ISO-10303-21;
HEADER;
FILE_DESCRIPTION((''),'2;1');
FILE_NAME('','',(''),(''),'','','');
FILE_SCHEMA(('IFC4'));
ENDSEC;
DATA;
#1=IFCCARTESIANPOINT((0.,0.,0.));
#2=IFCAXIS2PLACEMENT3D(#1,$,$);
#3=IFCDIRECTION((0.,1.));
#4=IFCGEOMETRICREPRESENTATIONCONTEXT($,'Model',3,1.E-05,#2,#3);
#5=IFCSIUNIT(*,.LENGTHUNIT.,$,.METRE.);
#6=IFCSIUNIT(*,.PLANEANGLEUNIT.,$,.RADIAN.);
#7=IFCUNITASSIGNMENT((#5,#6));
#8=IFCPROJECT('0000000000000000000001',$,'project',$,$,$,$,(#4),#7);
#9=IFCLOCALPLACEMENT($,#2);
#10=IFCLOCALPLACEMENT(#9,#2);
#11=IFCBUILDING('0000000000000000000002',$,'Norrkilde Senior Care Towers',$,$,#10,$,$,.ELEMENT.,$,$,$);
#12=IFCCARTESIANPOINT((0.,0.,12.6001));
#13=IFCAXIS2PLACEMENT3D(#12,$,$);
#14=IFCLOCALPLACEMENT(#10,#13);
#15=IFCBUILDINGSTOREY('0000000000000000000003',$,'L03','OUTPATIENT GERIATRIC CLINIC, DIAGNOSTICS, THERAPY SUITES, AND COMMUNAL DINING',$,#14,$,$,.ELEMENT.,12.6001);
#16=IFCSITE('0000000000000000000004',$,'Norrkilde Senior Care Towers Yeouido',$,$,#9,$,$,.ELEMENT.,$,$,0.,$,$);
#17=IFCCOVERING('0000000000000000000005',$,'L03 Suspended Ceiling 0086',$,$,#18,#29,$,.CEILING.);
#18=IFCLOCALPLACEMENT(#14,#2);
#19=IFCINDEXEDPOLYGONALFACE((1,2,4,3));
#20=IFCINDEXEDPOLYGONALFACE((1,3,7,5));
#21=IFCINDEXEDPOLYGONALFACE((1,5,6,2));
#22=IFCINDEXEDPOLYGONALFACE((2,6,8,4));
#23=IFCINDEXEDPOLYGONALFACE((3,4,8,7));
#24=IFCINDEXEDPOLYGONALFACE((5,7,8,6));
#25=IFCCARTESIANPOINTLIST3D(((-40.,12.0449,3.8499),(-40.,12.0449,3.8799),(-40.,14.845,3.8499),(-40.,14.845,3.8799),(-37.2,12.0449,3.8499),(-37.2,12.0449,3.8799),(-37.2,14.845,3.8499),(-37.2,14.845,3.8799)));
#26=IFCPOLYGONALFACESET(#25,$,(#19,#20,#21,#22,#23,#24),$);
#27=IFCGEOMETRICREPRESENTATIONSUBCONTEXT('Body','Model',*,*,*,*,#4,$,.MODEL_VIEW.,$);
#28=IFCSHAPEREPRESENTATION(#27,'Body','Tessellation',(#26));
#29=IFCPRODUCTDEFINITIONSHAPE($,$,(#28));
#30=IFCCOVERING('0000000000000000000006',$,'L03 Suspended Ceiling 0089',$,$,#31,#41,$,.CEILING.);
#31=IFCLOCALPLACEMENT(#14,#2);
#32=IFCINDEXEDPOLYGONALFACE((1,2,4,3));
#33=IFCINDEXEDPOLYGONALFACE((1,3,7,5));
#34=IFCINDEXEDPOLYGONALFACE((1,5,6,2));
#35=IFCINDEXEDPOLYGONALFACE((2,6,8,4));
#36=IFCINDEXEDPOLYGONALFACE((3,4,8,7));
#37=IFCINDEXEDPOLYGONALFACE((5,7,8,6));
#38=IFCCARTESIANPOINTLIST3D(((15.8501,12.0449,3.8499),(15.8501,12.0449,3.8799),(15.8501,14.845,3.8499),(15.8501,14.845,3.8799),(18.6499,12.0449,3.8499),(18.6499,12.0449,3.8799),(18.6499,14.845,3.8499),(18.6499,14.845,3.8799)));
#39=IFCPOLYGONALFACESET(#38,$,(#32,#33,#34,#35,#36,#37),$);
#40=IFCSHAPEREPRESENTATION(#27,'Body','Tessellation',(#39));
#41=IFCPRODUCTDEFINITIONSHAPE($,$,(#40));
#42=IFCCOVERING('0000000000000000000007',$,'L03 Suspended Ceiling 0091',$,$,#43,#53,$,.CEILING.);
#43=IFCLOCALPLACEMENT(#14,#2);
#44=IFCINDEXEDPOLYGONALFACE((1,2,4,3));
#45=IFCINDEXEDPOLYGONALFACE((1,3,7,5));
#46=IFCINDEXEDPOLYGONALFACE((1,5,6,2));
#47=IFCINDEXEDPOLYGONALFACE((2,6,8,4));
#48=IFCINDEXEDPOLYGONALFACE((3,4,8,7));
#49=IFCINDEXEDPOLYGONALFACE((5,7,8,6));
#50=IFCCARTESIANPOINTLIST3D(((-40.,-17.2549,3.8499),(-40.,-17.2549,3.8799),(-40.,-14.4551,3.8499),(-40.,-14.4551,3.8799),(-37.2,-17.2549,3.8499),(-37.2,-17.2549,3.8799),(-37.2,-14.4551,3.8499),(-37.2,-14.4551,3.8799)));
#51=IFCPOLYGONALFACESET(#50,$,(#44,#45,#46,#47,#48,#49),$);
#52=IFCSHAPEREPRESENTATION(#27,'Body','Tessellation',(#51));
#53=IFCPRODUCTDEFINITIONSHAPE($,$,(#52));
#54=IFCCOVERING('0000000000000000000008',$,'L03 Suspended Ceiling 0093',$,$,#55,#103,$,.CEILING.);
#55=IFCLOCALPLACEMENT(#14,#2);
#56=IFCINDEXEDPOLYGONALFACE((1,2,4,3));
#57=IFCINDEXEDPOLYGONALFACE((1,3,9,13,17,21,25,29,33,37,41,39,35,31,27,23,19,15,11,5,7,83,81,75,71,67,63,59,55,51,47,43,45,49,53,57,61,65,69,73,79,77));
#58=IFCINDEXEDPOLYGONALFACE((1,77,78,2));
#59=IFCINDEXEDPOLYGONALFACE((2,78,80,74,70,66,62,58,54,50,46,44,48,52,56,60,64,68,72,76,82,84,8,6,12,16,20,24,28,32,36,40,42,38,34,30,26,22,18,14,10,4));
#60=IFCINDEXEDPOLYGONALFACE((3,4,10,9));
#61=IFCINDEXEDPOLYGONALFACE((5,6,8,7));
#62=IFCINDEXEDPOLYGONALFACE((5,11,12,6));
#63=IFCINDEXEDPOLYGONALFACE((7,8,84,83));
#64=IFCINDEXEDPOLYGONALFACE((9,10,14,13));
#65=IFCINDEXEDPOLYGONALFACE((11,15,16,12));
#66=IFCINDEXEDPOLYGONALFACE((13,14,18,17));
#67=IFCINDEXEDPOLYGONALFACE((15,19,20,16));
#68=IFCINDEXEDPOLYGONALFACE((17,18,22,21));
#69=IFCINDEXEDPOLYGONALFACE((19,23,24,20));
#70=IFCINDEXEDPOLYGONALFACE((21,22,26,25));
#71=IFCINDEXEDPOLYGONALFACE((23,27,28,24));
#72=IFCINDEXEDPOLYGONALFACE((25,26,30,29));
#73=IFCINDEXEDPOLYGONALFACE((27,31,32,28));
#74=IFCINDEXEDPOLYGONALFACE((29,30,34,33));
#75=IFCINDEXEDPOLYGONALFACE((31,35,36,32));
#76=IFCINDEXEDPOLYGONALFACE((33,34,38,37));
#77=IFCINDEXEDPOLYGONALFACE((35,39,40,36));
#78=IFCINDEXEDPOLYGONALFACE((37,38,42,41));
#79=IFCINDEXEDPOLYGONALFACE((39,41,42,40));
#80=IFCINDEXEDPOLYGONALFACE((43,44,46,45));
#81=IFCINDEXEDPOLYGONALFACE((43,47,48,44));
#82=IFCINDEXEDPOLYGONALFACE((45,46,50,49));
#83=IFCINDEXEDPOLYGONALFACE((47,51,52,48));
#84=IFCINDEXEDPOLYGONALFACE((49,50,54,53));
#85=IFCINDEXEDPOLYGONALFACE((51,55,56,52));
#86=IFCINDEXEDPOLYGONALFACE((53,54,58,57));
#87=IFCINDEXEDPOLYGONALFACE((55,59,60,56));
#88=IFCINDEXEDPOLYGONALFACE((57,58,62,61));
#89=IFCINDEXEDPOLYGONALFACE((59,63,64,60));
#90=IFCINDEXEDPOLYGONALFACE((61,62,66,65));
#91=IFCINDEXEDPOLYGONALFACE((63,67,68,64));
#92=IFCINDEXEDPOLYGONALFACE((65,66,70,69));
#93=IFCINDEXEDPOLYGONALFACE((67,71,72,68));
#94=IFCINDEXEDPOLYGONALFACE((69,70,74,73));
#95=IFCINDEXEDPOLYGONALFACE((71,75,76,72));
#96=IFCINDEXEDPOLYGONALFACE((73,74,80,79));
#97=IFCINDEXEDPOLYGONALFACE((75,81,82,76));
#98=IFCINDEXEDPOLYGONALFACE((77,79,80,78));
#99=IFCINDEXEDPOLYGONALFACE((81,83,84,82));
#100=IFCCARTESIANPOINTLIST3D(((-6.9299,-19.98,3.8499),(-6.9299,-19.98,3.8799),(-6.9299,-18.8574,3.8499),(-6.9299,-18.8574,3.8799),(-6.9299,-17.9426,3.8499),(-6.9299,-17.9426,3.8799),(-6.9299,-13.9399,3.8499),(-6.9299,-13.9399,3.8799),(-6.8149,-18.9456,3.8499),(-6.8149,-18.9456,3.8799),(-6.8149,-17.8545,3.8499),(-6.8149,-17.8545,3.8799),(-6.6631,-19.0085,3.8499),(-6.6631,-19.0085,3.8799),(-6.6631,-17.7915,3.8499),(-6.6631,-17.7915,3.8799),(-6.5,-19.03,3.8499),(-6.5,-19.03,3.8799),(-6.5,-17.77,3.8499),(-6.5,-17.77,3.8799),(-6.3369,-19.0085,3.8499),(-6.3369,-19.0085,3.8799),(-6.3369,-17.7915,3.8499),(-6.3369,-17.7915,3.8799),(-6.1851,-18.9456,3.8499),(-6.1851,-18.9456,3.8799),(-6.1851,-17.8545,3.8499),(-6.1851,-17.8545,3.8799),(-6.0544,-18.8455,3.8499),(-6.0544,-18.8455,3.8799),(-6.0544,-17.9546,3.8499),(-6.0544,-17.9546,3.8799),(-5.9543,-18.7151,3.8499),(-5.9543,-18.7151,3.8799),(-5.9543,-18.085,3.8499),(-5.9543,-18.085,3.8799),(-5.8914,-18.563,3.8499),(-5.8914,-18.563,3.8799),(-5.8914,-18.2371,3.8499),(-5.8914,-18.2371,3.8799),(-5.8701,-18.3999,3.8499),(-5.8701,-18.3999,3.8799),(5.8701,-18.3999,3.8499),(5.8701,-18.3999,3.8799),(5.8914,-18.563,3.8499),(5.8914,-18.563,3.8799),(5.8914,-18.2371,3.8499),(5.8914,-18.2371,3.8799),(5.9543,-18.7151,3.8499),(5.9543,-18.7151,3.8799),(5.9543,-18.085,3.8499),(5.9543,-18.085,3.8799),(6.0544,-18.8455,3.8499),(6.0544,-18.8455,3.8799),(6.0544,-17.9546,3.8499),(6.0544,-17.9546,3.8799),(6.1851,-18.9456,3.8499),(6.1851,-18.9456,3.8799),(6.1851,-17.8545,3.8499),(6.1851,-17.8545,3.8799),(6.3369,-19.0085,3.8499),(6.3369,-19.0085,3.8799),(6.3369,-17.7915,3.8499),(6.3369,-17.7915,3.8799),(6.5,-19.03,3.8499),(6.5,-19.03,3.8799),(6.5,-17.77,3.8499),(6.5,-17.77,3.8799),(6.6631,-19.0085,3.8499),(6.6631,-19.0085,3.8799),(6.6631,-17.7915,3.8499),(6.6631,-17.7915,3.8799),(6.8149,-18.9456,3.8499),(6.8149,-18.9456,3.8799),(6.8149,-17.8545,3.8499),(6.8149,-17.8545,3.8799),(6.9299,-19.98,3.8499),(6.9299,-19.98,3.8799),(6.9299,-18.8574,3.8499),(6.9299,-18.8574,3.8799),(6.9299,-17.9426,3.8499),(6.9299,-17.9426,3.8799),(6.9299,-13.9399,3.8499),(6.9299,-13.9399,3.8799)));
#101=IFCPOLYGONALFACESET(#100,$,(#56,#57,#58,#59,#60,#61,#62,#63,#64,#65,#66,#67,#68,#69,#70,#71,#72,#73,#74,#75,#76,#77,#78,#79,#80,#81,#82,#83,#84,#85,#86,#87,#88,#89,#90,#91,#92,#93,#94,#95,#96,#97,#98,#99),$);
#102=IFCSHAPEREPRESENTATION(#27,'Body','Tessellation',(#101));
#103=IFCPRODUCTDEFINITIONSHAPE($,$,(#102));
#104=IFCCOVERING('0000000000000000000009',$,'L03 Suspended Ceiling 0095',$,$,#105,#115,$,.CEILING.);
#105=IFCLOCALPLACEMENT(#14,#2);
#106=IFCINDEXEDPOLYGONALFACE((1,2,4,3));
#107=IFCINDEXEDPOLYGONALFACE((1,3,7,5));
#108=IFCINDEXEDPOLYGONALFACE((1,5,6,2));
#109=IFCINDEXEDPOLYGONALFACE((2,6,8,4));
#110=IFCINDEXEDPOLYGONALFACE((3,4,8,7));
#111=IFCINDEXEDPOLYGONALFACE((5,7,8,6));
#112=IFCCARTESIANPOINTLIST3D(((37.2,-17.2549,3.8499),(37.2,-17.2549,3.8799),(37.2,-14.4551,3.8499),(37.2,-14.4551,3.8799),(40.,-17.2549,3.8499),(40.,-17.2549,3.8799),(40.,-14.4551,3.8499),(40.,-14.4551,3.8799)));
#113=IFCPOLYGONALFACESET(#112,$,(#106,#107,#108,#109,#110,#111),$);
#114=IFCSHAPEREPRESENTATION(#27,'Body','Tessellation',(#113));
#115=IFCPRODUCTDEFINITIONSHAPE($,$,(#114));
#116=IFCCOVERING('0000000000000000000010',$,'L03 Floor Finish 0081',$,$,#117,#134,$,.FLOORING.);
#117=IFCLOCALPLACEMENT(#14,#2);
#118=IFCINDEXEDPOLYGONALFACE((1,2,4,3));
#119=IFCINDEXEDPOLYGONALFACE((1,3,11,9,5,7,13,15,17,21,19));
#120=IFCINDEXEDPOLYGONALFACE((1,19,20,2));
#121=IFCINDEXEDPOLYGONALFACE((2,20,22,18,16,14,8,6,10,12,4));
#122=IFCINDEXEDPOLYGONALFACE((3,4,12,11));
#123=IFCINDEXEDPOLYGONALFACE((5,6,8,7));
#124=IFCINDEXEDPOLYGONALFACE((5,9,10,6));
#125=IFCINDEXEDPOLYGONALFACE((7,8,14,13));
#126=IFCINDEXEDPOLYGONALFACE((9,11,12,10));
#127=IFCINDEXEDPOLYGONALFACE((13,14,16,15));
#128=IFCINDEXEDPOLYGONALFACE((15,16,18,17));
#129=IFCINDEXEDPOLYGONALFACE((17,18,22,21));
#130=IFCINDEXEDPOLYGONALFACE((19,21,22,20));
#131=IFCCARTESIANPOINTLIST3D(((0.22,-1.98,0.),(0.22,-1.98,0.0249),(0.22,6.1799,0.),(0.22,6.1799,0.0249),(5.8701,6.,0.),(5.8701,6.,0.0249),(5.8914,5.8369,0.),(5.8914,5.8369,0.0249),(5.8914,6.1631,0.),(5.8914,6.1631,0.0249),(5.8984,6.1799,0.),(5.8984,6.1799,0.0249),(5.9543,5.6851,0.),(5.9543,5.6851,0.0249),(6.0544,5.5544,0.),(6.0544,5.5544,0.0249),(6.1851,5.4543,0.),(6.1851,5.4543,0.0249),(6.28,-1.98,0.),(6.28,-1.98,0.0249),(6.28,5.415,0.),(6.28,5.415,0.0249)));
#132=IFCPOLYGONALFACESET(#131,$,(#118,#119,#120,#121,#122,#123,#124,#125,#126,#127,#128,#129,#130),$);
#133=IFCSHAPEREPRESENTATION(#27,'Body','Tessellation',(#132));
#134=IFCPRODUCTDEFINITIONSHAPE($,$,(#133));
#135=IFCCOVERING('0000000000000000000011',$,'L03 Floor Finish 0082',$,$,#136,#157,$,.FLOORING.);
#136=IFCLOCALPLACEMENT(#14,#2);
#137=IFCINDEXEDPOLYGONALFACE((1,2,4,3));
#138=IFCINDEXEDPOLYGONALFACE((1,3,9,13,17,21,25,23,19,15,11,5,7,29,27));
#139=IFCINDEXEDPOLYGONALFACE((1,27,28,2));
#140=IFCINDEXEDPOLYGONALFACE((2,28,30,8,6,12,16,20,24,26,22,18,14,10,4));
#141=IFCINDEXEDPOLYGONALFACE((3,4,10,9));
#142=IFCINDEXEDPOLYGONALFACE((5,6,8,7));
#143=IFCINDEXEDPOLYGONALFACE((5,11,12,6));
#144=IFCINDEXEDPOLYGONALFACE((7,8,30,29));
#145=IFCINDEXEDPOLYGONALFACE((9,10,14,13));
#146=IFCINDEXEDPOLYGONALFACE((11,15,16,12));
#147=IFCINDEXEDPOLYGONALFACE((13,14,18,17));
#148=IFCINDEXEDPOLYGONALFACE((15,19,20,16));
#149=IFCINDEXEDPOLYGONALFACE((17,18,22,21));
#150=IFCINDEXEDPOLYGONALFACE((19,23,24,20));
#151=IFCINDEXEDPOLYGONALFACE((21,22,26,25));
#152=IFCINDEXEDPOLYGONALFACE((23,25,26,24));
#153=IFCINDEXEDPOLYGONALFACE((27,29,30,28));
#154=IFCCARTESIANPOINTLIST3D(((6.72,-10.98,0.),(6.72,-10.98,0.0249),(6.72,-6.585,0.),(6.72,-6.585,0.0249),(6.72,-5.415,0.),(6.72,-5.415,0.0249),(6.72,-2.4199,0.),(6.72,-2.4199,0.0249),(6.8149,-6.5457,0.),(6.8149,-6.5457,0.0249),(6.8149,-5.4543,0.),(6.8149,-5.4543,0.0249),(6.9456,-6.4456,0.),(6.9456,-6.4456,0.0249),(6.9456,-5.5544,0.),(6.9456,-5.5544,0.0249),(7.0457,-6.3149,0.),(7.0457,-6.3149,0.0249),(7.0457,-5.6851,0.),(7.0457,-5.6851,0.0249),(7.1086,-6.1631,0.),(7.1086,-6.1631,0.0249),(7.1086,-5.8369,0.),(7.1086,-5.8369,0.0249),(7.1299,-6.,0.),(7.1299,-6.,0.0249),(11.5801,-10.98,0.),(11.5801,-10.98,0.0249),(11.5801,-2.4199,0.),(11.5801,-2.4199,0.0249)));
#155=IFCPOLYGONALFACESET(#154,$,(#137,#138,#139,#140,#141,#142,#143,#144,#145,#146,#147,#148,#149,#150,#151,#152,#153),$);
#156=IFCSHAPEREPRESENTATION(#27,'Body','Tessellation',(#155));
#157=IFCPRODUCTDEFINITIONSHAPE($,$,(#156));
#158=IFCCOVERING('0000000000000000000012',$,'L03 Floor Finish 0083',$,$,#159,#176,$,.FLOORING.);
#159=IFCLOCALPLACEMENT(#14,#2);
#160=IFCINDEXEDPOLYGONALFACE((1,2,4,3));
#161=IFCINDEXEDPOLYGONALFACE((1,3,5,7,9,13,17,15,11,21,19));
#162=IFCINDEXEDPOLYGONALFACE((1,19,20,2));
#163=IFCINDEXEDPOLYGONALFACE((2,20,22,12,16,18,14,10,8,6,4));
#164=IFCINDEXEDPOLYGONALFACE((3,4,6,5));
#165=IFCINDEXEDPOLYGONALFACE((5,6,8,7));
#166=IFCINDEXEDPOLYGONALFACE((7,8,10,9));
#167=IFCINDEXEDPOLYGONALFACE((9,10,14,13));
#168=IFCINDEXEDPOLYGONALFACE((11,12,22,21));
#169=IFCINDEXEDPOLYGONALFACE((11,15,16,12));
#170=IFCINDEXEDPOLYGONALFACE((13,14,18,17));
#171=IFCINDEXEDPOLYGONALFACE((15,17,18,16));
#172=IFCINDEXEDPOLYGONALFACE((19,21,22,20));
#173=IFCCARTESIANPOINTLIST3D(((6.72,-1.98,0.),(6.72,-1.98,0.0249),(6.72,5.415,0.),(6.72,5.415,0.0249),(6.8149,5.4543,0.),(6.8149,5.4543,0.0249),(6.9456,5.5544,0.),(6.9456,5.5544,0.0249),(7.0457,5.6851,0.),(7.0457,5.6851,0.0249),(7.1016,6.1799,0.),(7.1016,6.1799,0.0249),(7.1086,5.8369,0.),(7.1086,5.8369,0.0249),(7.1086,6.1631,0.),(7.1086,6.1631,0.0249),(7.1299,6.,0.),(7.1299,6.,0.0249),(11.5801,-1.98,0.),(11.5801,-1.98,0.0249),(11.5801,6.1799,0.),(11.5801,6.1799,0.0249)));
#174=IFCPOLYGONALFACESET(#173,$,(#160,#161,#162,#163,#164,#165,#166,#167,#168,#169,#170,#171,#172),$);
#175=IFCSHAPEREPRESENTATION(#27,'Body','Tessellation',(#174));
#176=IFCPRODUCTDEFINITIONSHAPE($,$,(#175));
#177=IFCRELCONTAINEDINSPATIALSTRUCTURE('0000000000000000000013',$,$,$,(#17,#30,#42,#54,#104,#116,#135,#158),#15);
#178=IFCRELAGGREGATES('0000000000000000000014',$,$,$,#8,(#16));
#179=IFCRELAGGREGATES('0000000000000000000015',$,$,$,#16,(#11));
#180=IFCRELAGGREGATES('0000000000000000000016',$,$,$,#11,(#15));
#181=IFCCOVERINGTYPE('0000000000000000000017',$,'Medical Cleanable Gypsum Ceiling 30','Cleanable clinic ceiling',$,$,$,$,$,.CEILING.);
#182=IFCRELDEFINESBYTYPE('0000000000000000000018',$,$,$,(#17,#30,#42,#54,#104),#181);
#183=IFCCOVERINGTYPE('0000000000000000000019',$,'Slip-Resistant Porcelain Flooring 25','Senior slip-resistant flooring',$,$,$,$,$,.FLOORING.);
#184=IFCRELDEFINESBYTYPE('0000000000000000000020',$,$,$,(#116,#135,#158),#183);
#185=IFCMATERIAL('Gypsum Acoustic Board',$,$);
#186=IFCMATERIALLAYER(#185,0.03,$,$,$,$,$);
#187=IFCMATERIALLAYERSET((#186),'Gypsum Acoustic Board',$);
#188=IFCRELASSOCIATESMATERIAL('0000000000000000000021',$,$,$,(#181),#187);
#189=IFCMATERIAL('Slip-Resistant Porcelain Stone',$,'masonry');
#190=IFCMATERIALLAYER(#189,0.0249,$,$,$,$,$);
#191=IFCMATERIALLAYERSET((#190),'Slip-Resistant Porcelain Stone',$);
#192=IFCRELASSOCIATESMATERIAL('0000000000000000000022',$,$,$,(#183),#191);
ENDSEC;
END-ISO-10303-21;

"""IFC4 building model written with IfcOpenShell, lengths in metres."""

from ifc_helpers import new_model, si_unit, direction, frame, origin, place, context, subcontext, project, spatial, polyline, outline, extrude, material, layer, layer_set, type_object, element, save


model = new_model("IFC4")

# Units and contexts
model_context = context("Model", 3, precision=1e-05, world=origin(), true_north=direction((0.0, 1.0)))
body_context = subcontext(model_context, "Body", "Model", "MODEL_VIEW")
ifc_project = project(units=[si_unit("LENGTHUNIT", "METRE"), si_unit("PLANEANGLEUNIT", "RADIAN")], contexts=[model_context])

# Site, building, storey
site_placement = place(None, origin())
site = spatial("IfcSite", under=ifc_project, at=site_placement, Name="Norrkilde Senior Care Towers Yeouido", CompositionType="ELEMENT", RefElevation=0.0)
building_placement = place(site_placement, origin())
building = spatial("IfcBuilding", under=site, at=building_placement, Name="Norrkilde Senior Care Towers", CompositionType="ELEMENT")
storey_placement = place(building_placement, frame((0.0, 0.0, 12.6001)))
storey = spatial("IfcBuildingStorey", under=building, at=storey_placement, Name="L03", Description="OUTPATIENT GERIATRIC CLINIC, DIAGNOSTICS, THERAPY SUITES, AND COMMUNAL DINING", CompositionType="ELEMENT", Elevation=12.6001)

# Shared definitions
ifc_material_1 = material(Name="Gypsum Acoustic Board")

# Coverings
ifc_layer_1 = layer(ifc_material_1, 0.03)
ifc_layer_set_1 = layer_set([ifc_layer_1], Name="Gypsum Acoustic Board")
covering_type_1 = type_object("IfcCoveringType", Name="Medical Cleanable Gypsum Ceiling 30", Description="Cleanable clinic ceiling", PredefinedType="CEILING", material=ifc_layer_set_1)
covering_1_placement = place(storey_placement, frame((0.0, 0.0, 3.8499)))
element("IfcCovering", 1, at=covering_1_placement, inside=storey, type_object=covering_type_1, Name="L03 Suspended Ceiling 0086", PredefinedType="CEILING", context=body_context, shape_type="SweptSolid", body=[
    extrude(outline(polyline([(-40.0, 12.0449), (-40.0, 14.845), (-37.2, 14.845), (-37.2, 12.0449), (-40.0, 12.0449)])), origin(), (0.0, 0.0, 1.0), 0.03),
])
covering_2_placement = place(storey_placement, frame((0.0, 0.0, 3.8499)))
element("IfcCovering", 2, at=covering_2_placement, inside=storey, type_object=covering_type_1, Name="L03 Suspended Ceiling 0089", PredefinedType="CEILING", context=body_context, shape_type="SweptSolid", body=[
    extrude(outline(polyline([(15.8501, 12.0449), (15.8501, 14.845), (18.6499, 14.845), (18.6499, 12.0449), (15.8501, 12.0449)])), origin(), (0.0, 0.0, 1.0), 0.03),
])
covering_3_placement = place(storey_placement, frame((0.0, 0.0, 3.8499)))
element("IfcCovering", 3, at=covering_3_placement, inside=storey, type_object=covering_type_1, Name="L03 Suspended Ceiling 0091", PredefinedType="CEILING", context=body_context, shape_type="SweptSolid", body=[
    extrude(outline(polyline([(-40.0, -17.2549), (-40.0, -14.4551), (-37.2, -14.4551), (-37.2, -17.2549), (-40.0, -17.2549)])), origin(), (0.0, 0.0, 1.0), 0.03),
])
covering_4_placement = place(storey_placement, frame((0.0, 0.0, 3.8499)))
element("IfcCovering", 4, at=covering_4_placement, inside=storey, type_object=covering_type_1, Name="L03 Suspended Ceiling 0093", PredefinedType="CEILING", context=body_context, shape_type="SweptSolid", body=[
    extrude(outline(polyline([(-6.9299, -19.98), (-6.9299, -18.8574), (-6.8149, -18.9456), (-6.6631, -19.0085), (-6.5, -19.03), (-6.3369, -19.0085), (-6.1851, -18.9456), (-6.0544, -18.8455), (-5.9543, -18.7151), (-5.8914, -18.563), (-5.8701, -18.3999), (-5.8914, -18.2371), (-5.9543, -18.085), (-6.0544, -17.9546), (-6.1851, -17.8545), (-6.3369, -17.7915), (-6.5, -17.77), (-6.6631, -17.7915), (-6.8149, -17.8545), (-6.9299, -17.9426), (-6.9299, -13.9399), (6.9299, -13.9399), (6.9299, -17.9426), (6.8149, -17.8545), (6.6631, -17.7915), (6.5, -17.77), (6.3369, -17.7915), (6.1851, -17.8545), (6.0544, -17.9546), (5.9543, -18.085), (5.8914, -18.2371), (5.8701, -18.3999), (5.8914, -18.563), (5.9543, -18.7151), (6.0544, -18.8455), (6.1851, -18.9456), (6.3369, -19.0085), (6.5, -19.03), (6.6631, -19.0085), (6.8149, -18.9456), (6.9299, -18.8574), (6.9299, -19.98), (-6.9299, -19.98)])), origin(), (0.0, 0.0, 1.0), 0.03),
])
covering_5_placement = place(storey_placement, frame((0.0, 0.0, 3.8499)))
element("IfcCovering", 5, at=covering_5_placement, inside=storey, type_object=covering_type_1, Name="L03 Suspended Ceiling 0095", PredefinedType="CEILING", context=body_context, shape_type="SweptSolid", body=[
    extrude(outline(polyline([(37.2, -17.2549), (37.2, -14.4551), (40.0, -14.4551), (40.0, -17.2549), (37.2, -17.2549)])), origin(), (0.0, 0.0, 1.0), 0.03),
])
ifc_material_2 = material(Name="Slip-Resistant Porcelain Stone", Category="masonry")
ifc_layer_2 = layer(ifc_material_2, 0.0249)
ifc_layer_set_2 = layer_set([ifc_layer_2], Name="Slip-Resistant Porcelain Stone")
covering_type_2 = type_object("IfcCoveringType", Name="Slip-Resistant Porcelain Flooring 25", Description="Senior slip-resistant flooring", PredefinedType="FLOORING", material=ifc_layer_set_2)
covering_6_placement = place(storey_placement, origin())
element("IfcCovering", 6, at=covering_6_placement, inside=storey, type_object=covering_type_2, Name="L03 Floor Finish 0081", PredefinedType="FLOORING", context=body_context, shape_type="SweptSolid", body=[
    extrude(outline(polyline([(6.28, -1.98), (0.22, -1.98), (0.22, 6.1799), (5.8984, 6.1799), (5.8914, 6.1631), (5.8701, 6.0), (5.8914, 5.8369), (5.9543, 5.6851), (6.0544, 5.5544), (6.1851, 5.4543), (6.28, 5.415), (6.28, -1.98)])), origin(), (0.0, 0.0, 1.0), 0.0249),
])
covering_7_placement = place(storey_placement, origin())
element("IfcCovering", 7, at=covering_7_placement, inside=storey, type_object=covering_type_2, Name="L03 Floor Finish 0082", PredefinedType="FLOORING", context=body_context, shape_type="SweptSolid", body=[
    extrude(outline(polyline([(11.5801, -10.98), (6.72, -10.98), (6.72, -6.585), (6.8149, -6.5457), (6.9456, -6.4456), (7.0457, -6.3149), (7.1086, -6.1631), (7.1299, -6.0), (7.1086, -5.8369), (7.0457, -5.6851), (6.9456, -5.5544), (6.8149, -5.4543), (6.72, -5.415), (6.72, -2.4199), (11.5801, -2.4199), (11.5801, -10.98)])), origin(), (0.0, 0.0, 1.0), 0.0249),
])
covering_8_placement = place(storey_placement, origin())
element("IfcCovering", 8, at=covering_8_placement, inside=storey, type_object=covering_type_2, Name="L03 Floor Finish 0083", PredefinedType="FLOORING", context=body_context, shape_type="SweptSolid", body=[
    extrude(outline(polyline([(11.5801, -1.98), (6.72, -1.98), (6.72, 5.415), (6.8149, 5.4543), (6.9456, 5.5544), (7.0457, 5.6851), (7.1086, 5.8369), (7.1299, 6.0), (7.1086, 6.1631), (7.1016, 6.1799), (11.5801, 6.1799), (11.5801, -1.98)])), origin(), (0.0, 0.0, 1.0), 0.0249),
])

save(model, "model.ifc")
